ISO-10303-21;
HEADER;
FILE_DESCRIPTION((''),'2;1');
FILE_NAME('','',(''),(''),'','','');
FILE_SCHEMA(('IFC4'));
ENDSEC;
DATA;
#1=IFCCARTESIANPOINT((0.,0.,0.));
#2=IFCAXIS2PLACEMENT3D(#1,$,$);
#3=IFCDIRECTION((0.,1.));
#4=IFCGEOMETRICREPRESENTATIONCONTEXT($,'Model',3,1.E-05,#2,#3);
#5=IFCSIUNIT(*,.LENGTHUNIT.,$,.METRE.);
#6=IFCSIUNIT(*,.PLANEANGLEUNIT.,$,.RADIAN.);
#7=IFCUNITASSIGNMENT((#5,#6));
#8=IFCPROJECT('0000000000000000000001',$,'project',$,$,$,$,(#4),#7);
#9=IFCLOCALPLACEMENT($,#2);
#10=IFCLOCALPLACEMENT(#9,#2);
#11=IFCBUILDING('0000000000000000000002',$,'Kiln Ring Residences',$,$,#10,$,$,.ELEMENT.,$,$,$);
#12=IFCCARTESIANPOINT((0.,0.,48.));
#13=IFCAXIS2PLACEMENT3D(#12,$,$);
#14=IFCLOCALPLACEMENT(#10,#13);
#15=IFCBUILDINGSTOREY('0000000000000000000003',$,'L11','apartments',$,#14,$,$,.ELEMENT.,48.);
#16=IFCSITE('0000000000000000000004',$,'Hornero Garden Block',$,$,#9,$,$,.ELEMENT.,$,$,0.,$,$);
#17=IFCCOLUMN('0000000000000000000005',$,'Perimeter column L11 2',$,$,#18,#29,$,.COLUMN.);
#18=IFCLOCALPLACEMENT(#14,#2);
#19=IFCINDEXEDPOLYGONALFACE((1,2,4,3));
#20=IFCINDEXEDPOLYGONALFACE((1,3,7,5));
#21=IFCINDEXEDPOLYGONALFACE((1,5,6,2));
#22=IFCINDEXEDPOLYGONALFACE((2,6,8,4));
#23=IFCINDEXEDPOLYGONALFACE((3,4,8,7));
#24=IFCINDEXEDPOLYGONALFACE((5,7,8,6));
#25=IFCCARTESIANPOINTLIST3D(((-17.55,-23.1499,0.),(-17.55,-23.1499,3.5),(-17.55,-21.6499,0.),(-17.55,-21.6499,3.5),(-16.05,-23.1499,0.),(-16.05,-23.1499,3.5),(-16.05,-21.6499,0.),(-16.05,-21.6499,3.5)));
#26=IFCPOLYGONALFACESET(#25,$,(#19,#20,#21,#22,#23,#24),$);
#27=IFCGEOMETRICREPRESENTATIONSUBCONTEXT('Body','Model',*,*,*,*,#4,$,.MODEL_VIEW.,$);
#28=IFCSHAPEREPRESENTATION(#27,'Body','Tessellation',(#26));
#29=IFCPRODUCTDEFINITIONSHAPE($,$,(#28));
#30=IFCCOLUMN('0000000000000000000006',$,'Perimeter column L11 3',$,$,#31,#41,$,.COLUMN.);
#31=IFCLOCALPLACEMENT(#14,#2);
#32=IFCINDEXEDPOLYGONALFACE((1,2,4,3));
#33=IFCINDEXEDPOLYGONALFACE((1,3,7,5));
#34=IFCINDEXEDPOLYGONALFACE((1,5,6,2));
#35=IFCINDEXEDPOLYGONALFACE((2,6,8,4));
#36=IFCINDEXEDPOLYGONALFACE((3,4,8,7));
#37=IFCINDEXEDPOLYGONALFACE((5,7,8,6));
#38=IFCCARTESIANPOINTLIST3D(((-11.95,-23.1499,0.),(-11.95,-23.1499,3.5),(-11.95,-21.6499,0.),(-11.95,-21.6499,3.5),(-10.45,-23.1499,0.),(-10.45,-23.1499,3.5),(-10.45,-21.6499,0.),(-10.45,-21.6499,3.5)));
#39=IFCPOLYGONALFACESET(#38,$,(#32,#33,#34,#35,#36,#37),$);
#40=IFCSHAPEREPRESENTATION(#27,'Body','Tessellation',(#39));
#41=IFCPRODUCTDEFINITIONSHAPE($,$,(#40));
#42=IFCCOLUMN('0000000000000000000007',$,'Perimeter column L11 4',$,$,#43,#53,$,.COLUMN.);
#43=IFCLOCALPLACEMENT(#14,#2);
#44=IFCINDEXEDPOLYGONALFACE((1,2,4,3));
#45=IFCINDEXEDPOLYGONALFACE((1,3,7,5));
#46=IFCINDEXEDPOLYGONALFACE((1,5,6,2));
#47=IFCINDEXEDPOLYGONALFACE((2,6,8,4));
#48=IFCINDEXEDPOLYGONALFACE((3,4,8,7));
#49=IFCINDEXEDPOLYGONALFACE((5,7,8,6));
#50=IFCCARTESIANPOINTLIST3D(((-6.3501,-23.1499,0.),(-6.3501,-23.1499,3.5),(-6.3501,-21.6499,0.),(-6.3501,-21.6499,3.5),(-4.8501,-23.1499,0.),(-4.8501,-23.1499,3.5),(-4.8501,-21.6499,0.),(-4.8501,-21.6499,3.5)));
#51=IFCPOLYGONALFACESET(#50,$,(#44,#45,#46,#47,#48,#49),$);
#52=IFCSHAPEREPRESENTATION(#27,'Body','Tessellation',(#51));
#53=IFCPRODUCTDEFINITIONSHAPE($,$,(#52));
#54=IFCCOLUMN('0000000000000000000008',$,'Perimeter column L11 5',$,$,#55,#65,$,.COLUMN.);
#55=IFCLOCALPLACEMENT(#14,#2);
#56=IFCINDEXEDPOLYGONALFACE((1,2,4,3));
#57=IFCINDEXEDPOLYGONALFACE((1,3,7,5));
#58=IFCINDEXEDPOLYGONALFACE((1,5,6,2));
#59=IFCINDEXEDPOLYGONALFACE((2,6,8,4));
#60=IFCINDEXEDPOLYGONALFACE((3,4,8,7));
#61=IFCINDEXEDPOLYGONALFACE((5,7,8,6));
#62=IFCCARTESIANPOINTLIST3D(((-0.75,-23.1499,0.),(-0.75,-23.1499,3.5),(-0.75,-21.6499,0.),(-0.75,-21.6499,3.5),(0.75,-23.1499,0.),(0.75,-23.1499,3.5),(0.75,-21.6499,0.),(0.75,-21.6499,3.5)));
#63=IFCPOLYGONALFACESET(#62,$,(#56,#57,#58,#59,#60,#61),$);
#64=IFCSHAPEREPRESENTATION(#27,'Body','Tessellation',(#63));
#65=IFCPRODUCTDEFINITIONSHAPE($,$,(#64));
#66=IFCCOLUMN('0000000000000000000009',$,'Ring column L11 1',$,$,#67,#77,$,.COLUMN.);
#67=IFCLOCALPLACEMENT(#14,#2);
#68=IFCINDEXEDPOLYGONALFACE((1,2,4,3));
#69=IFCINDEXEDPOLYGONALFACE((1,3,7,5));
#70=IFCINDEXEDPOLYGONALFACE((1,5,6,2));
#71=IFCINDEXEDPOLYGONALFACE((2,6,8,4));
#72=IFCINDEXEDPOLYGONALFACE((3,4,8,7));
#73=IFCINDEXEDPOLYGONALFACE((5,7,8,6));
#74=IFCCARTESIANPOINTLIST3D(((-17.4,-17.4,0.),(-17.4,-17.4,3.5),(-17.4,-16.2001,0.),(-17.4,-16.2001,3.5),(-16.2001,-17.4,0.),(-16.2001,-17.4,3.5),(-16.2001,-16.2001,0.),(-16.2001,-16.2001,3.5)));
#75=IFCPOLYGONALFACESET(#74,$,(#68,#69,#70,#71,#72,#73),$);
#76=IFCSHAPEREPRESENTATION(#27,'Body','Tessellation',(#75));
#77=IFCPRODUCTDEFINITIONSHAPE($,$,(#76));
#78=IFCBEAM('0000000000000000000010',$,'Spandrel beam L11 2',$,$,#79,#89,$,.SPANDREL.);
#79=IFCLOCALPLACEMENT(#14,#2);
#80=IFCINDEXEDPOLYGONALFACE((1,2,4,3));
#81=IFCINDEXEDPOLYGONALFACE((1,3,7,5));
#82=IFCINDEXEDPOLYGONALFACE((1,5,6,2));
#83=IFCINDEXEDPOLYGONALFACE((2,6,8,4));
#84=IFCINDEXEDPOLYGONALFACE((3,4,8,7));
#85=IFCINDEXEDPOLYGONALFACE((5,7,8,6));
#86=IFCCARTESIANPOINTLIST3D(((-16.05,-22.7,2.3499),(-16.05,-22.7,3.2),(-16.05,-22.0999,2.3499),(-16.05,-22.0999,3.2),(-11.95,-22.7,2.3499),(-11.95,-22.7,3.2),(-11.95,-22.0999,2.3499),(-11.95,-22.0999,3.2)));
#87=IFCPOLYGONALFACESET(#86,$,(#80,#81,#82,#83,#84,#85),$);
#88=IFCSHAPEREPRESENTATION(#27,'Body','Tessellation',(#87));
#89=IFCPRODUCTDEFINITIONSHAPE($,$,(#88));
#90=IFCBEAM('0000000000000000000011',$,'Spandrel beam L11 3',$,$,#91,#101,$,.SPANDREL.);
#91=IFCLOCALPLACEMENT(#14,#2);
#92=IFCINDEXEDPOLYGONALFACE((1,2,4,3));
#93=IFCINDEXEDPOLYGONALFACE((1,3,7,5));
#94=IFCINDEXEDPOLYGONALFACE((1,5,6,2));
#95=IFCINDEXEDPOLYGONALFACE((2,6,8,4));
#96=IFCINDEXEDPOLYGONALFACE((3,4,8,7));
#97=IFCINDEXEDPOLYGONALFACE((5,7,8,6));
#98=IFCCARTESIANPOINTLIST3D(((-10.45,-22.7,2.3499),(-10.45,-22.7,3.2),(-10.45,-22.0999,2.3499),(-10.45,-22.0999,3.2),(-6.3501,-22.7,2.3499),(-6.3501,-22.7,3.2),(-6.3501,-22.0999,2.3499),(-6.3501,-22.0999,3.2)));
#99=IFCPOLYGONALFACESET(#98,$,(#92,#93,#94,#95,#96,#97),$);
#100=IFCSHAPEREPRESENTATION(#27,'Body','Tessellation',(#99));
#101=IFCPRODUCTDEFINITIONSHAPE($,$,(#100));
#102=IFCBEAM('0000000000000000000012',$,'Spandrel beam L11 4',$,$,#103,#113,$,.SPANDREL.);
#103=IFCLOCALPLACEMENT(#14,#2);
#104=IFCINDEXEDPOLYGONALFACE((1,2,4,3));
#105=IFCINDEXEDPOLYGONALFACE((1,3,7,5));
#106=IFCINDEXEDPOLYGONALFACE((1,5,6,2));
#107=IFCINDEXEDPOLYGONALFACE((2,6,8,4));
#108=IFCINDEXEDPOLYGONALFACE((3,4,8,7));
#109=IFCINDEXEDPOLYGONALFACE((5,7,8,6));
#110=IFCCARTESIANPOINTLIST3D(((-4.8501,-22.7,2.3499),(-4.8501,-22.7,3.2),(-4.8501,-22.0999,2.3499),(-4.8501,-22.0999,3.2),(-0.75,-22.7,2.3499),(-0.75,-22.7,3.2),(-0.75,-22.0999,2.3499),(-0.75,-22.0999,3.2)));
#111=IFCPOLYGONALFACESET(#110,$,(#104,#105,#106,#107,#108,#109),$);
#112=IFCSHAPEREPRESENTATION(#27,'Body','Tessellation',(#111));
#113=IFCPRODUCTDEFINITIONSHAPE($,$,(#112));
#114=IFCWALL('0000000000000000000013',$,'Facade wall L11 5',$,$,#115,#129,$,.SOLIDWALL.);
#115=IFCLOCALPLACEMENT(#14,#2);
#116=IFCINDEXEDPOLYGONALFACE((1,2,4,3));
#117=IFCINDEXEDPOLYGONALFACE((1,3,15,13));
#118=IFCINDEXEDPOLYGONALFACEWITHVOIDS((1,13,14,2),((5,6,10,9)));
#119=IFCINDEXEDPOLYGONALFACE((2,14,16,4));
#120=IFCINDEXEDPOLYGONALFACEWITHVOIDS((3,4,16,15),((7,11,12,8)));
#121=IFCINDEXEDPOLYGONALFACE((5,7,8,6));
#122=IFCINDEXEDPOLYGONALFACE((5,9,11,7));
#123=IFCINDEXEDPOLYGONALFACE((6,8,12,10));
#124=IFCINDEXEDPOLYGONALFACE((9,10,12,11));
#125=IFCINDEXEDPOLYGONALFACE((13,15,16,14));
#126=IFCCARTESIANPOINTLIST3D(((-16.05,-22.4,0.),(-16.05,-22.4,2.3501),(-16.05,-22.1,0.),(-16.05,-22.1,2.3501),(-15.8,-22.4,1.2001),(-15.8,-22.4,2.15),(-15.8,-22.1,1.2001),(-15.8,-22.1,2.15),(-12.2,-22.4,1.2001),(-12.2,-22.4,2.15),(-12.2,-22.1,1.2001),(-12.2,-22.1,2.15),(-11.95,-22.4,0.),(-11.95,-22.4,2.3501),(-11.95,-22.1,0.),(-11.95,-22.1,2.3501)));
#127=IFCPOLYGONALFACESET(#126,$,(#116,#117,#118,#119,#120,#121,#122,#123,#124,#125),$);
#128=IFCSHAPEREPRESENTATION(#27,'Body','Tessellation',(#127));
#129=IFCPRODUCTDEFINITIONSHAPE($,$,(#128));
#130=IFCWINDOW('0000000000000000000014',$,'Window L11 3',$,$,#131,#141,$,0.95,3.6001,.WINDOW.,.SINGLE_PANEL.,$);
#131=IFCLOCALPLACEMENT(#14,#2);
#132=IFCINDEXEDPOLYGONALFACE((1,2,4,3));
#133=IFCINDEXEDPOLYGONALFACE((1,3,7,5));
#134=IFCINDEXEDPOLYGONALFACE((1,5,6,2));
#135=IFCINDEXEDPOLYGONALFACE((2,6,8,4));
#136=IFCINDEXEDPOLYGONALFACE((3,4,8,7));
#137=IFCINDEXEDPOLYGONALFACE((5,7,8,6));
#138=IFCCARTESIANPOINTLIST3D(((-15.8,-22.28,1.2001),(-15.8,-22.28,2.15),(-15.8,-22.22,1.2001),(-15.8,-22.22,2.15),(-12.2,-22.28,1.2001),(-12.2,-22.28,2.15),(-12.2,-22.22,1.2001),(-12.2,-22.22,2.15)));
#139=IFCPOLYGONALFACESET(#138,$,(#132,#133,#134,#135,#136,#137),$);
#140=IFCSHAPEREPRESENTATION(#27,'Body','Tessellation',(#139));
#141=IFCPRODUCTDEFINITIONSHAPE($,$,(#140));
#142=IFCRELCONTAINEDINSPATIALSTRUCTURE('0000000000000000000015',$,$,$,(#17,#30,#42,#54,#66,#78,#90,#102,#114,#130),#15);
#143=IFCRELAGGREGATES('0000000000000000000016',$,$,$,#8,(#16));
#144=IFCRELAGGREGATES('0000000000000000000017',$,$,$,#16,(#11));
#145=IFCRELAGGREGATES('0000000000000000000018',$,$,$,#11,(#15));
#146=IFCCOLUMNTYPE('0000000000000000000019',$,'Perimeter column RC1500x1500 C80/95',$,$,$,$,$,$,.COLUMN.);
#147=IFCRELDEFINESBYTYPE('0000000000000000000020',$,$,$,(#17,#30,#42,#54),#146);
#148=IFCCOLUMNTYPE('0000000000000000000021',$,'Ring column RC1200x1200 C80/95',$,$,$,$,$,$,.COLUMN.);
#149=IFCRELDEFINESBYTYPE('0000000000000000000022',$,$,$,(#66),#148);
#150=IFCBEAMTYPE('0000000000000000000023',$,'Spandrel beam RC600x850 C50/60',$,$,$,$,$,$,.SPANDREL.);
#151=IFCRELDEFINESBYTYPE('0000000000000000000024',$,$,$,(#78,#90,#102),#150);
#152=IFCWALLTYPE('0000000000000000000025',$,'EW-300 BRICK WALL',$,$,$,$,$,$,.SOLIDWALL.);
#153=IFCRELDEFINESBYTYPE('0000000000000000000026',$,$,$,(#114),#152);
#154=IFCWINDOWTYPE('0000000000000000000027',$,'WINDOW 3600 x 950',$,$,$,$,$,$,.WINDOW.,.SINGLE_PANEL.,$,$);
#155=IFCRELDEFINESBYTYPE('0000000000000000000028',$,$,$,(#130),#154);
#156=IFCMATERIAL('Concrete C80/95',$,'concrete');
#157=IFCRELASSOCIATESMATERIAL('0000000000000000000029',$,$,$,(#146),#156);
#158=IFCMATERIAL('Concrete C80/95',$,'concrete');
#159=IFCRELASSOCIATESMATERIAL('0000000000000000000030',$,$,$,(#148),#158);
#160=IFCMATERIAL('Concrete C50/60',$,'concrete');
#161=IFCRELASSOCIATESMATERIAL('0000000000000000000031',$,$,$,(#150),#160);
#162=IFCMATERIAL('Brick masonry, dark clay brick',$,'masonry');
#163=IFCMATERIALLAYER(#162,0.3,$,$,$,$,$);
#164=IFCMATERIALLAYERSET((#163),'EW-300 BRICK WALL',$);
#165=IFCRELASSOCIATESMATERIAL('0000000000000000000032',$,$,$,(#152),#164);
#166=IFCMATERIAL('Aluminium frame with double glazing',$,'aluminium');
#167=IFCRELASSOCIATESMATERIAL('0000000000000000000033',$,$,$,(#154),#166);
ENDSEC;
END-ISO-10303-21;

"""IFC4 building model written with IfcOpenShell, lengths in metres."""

from ifc_helpers import new_model, si_unit, direction, frame, frame_2d, origin, origin_2d, place, context, subcontext, project, spatial, rectangle, extrude, material, layer, layer_set, material_profile, profile_set, type_object, element, fill, save


model = new_model("IFC4")

# Units and contexts
model_context = context("Model", 3, precision=1e-05, world=origin(), true_north=direction((0.0, 1.0)))
body_context = subcontext(model_context, "Body", "Model", "MODEL_VIEW")
ifc_project = project(units=[si_unit("LENGTHUNIT", "METRE"), si_unit("PLANEANGLEUNIT", "RADIAN")], contexts=[model_context])

# Site, building, storey
site_placement = place(None, origin())
site = spatial("IfcSite", under=ifc_project, at=site_placement, Name="Hornero Garden Block", CompositionType="ELEMENT", RefElevation=0.0)
building_placement = place(site_placement, origin())
building = spatial("IfcBuilding", under=site, at=building_placement, Name="Kiln Ring Residences", CompositionType="ELEMENT")
storey_placement = place(building_placement, frame((0.0, 0.0, 48.0)))
storey = spatial("IfcBuildingStorey", under=building, at=storey_placement, Name="L11", Description="apartments", CompositionType="ELEMENT", Elevation=48.0)

# Columns
ifc_material_1 = material(Name="Concrete C80/95", Category="concrete")
ifc_material_profile_1 = material_profile(ifc_material_1, rectangle(XDim=1.5, YDim=1.5, at=origin_2d()), Name="RC1500x1500")
ifc_profile_set_1 = profile_set([ifc_material_profile_1], Name="Concrete C80/95")
column_type_1 = type_object("IfcColumnType", Name="Perimeter column RC1500x1500 C80/95", PredefinedType="COLUMN", material=ifc_profile_set_1)
for number, where, z_axis, x_axis, name in (
    (1, (-16.8, -22.3999, 0.0), (0.0, 0.0, 1.0), (1.0, 0.0, 0.0), "Perimeter column L11 2"),
    (2, (-11.2, -22.3999, 0.0), (0.0, 0.0, 1.0), (1.0, 0.0, 0.0), "Perimeter column L11 3"),
    (3, (-5.6001, -22.3999, 0.0), (0.0, 0.0, 1.0), (1.0, 0.0, 0.0), "Perimeter column L11 4"),
    (4, (0.0, -22.3999, 0.0), (0.0, 0.0, 1.0), (1.0, 0.0, 0.0), "Perimeter column L11 5"),
):
    element("IfcColumn", number, at=place(storey_placement, frame(where, z_axis=z_axis, x_axis=x_axis)), inside=storey, type_object=column_type_1, Name=name, PredefinedType="COLUMN", context=body_context, shape_type="SweptSolid", body=[
        extrude(rectangle(XDim=1.5, YDim=1.5, at=origin_2d()), origin(), (0.0, 0.0, 1.0), 3.5),
    ])
ifc_material_2 = material(Name="Concrete C80/95", Category="concrete")
ifc_material_profile_2 = material_profile(ifc_material_2, rectangle(XDim=1.2, YDim=1.2, at=origin_2d()), Name="RC1200x1200")
ifc_profile_set_2 = profile_set([ifc_material_profile_2], Name="Concrete C80/95")
column_type_2 = type_object("IfcColumnType", Name="Ring column RC1200x1200 C80/95", PredefinedType="COLUMN", material=ifc_profile_set_2)
column_placement = place(storey_placement, frame((-16.8, -16.8, 0.0), z_axis=(0.0, 0.0, 1.0), x_axis=(1.0, 0.0, 0.0)))
element("IfcColumn", 5, at=column_placement, inside=storey, type_object=column_type_2, Name="Ring column L11 1", PredefinedType="COLUMN", context=body_context, shape_type="SweptSolid", body=[
    extrude(rectangle(XDim=1.2, YDim=1.2, at=origin_2d()), origin(), (0.0, 0.0, 1.0), 3.5),
])

# Beams
ifc_material_3 = material(Name="Concrete C50/60", Category="concrete")
ifc_material_profile_3 = material_profile(ifc_material_3, rectangle(XDim=0.6001, YDim=0.8501, at=origin_2d()), Name="RC600x850")
ifc_profile_set_3 = profile_set([ifc_material_profile_3], Name="Concrete C50/60")
beam_type = type_object("IfcBeamType", Name="Spandrel beam RC600x850 C50/60", PredefinedType="SPANDREL", material=ifc_profile_set_3)
beam_1_placement = place(storey_placement, frame((-16.05, -22.3999, 2.7749), z_axis=(1.0, 0.0, 0.0), x_axis=(0.0, 1.0, 0.0)))
element("IfcBeam", 6, at=beam_1_placement, inside=storey, type_object=beam_type, Name="Spandrel beam L11 2", PredefinedType="SPANDREL", context=body_context, shape_type="SweptSolid", body=[
    extrude(rectangle(XDim=0.6001, YDim=0.8501, at=origin_2d()), origin(), (0.0, 0.0, 1.0), 4.1001),
])
beam_2_placement = place(storey_placement, frame((-10.45, -22.3999, 2.7749), z_axis=(1.0, 0.0, 0.0), x_axis=(0.0, 1.0, 0.0)))
element("IfcBeam", 7, at=beam_2_placement, inside=storey, type_object=beam_type, Name="Spandrel beam L11 3", PredefinedType="SPANDREL", context=body_context, shape_type="SweptSolid", body=[
    extrude(rectangle(XDim=0.6001, YDim=0.8501, at=origin_2d()), origin(), (0.0, 0.0, 1.0), 4.0999),
])
beam_3_placement = place(storey_placement, frame((-4.8501, -22.3999, 2.7749), z_axis=(1.0, 0.0, 0.0), x_axis=(0.0, 1.0, 0.0)))
element("IfcBeam", 8, at=beam_3_placement, inside=storey, type_object=beam_type, Name="Spandrel beam L11 4", PredefinedType="SPANDREL", context=body_context, shape_type="SweptSolid", body=[
    extrude(rectangle(XDim=0.6001, YDim=0.8501, at=origin_2d()), origin(), (0.0, 0.0, 1.0), 4.1001),
])

# Wall, opening, window
ifc_material_4 = material(Name="Brick masonry, dark clay brick", Category="masonry")
ifc_layer_1 = layer(ifc_material_4, 0.3)
ifc_layer_set_1 = layer_set([ifc_layer_1], Name="EW-300 BRICK WALL")
wall_type_1 = type_object("IfcWallType", Name="EW-300 BRICK WALL", PredefinedType="SOLIDWALL", material=ifc_layer_set_1)
wall_1_placement = place(storey_placement, frame((-16.05, -22.25, 0.0), z_axis=(0.0, 0.0, 1.0), x_axis=(1.0, 0.0, 0.0)))
wall_1 = element("IfcWall", 9, at=wall_1_placement, inside=storey, type_object=wall_type_1, Name="Facade wall L11 5", PredefinedType="SOLIDWALL", context=body_context, shape_type="SweptSolid", body=[
    extrude(rectangle(XDim=4.1001, YDim=0.3, at=frame_2d((2.05, 0.0))), origin(), (0.0, 0.0, 1.0), 2.3501),
])
opening_1_placement = place(wall_1_placement, frame((0.25, 0.0, 1.2)))
opening_1 = element("IfcOpeningElement", 10, at=opening_1_placement, cuts=wall_1, PredefinedType="OPENING", context=body_context, shape_type="SweptSolid", body=[
    extrude(rectangle(XDim=3.6001, YDim=0.95, at=frame_2d((1.8, 0.4751))), frame((0.0, 0.1599, 0.0), z_axis=(0.0, -1.0, 0.0), x_axis=(1.0, 0.0, 0.0)), (0.0, 0.0, 1.0), 0.3201),
])
ifc_material_5 = material(Name="Aluminium frame with double glazing", Category="aluminium")
window_type_1 = type_object("IfcWindowType", Name="WINDOW 3600 x 950", PartitioningType="SINGLE_PANEL", PredefinedType="WINDOW", material=ifc_material_5)
window_1_placement = place(opening_1_placement, origin())
window_1 = element("IfcWindow", 11, at=window_1_placement, inside=storey, type_object=window_type_1, Name="Window L11 3", OverallHeight=0.95, OverallWidth=3.6001, PartitioningType="SINGLE_PANEL", PredefinedType="WINDOW", context=body_context, shape_type="SweptSolid", body=[
    extrude(rectangle(XDim=3.6001, YDim=0.95, at=frame_2d((1.8, 0.4751))), frame((0.0, 0.03, 0.0), z_axis=(0.0, -1.0, 0.0), x_axis=(1.0, 0.0, 0.0)), (0.0, 0.0, 1.0), 0.0601),
])
fill(opening_1, window_1)

save(model, "model.ifc")
